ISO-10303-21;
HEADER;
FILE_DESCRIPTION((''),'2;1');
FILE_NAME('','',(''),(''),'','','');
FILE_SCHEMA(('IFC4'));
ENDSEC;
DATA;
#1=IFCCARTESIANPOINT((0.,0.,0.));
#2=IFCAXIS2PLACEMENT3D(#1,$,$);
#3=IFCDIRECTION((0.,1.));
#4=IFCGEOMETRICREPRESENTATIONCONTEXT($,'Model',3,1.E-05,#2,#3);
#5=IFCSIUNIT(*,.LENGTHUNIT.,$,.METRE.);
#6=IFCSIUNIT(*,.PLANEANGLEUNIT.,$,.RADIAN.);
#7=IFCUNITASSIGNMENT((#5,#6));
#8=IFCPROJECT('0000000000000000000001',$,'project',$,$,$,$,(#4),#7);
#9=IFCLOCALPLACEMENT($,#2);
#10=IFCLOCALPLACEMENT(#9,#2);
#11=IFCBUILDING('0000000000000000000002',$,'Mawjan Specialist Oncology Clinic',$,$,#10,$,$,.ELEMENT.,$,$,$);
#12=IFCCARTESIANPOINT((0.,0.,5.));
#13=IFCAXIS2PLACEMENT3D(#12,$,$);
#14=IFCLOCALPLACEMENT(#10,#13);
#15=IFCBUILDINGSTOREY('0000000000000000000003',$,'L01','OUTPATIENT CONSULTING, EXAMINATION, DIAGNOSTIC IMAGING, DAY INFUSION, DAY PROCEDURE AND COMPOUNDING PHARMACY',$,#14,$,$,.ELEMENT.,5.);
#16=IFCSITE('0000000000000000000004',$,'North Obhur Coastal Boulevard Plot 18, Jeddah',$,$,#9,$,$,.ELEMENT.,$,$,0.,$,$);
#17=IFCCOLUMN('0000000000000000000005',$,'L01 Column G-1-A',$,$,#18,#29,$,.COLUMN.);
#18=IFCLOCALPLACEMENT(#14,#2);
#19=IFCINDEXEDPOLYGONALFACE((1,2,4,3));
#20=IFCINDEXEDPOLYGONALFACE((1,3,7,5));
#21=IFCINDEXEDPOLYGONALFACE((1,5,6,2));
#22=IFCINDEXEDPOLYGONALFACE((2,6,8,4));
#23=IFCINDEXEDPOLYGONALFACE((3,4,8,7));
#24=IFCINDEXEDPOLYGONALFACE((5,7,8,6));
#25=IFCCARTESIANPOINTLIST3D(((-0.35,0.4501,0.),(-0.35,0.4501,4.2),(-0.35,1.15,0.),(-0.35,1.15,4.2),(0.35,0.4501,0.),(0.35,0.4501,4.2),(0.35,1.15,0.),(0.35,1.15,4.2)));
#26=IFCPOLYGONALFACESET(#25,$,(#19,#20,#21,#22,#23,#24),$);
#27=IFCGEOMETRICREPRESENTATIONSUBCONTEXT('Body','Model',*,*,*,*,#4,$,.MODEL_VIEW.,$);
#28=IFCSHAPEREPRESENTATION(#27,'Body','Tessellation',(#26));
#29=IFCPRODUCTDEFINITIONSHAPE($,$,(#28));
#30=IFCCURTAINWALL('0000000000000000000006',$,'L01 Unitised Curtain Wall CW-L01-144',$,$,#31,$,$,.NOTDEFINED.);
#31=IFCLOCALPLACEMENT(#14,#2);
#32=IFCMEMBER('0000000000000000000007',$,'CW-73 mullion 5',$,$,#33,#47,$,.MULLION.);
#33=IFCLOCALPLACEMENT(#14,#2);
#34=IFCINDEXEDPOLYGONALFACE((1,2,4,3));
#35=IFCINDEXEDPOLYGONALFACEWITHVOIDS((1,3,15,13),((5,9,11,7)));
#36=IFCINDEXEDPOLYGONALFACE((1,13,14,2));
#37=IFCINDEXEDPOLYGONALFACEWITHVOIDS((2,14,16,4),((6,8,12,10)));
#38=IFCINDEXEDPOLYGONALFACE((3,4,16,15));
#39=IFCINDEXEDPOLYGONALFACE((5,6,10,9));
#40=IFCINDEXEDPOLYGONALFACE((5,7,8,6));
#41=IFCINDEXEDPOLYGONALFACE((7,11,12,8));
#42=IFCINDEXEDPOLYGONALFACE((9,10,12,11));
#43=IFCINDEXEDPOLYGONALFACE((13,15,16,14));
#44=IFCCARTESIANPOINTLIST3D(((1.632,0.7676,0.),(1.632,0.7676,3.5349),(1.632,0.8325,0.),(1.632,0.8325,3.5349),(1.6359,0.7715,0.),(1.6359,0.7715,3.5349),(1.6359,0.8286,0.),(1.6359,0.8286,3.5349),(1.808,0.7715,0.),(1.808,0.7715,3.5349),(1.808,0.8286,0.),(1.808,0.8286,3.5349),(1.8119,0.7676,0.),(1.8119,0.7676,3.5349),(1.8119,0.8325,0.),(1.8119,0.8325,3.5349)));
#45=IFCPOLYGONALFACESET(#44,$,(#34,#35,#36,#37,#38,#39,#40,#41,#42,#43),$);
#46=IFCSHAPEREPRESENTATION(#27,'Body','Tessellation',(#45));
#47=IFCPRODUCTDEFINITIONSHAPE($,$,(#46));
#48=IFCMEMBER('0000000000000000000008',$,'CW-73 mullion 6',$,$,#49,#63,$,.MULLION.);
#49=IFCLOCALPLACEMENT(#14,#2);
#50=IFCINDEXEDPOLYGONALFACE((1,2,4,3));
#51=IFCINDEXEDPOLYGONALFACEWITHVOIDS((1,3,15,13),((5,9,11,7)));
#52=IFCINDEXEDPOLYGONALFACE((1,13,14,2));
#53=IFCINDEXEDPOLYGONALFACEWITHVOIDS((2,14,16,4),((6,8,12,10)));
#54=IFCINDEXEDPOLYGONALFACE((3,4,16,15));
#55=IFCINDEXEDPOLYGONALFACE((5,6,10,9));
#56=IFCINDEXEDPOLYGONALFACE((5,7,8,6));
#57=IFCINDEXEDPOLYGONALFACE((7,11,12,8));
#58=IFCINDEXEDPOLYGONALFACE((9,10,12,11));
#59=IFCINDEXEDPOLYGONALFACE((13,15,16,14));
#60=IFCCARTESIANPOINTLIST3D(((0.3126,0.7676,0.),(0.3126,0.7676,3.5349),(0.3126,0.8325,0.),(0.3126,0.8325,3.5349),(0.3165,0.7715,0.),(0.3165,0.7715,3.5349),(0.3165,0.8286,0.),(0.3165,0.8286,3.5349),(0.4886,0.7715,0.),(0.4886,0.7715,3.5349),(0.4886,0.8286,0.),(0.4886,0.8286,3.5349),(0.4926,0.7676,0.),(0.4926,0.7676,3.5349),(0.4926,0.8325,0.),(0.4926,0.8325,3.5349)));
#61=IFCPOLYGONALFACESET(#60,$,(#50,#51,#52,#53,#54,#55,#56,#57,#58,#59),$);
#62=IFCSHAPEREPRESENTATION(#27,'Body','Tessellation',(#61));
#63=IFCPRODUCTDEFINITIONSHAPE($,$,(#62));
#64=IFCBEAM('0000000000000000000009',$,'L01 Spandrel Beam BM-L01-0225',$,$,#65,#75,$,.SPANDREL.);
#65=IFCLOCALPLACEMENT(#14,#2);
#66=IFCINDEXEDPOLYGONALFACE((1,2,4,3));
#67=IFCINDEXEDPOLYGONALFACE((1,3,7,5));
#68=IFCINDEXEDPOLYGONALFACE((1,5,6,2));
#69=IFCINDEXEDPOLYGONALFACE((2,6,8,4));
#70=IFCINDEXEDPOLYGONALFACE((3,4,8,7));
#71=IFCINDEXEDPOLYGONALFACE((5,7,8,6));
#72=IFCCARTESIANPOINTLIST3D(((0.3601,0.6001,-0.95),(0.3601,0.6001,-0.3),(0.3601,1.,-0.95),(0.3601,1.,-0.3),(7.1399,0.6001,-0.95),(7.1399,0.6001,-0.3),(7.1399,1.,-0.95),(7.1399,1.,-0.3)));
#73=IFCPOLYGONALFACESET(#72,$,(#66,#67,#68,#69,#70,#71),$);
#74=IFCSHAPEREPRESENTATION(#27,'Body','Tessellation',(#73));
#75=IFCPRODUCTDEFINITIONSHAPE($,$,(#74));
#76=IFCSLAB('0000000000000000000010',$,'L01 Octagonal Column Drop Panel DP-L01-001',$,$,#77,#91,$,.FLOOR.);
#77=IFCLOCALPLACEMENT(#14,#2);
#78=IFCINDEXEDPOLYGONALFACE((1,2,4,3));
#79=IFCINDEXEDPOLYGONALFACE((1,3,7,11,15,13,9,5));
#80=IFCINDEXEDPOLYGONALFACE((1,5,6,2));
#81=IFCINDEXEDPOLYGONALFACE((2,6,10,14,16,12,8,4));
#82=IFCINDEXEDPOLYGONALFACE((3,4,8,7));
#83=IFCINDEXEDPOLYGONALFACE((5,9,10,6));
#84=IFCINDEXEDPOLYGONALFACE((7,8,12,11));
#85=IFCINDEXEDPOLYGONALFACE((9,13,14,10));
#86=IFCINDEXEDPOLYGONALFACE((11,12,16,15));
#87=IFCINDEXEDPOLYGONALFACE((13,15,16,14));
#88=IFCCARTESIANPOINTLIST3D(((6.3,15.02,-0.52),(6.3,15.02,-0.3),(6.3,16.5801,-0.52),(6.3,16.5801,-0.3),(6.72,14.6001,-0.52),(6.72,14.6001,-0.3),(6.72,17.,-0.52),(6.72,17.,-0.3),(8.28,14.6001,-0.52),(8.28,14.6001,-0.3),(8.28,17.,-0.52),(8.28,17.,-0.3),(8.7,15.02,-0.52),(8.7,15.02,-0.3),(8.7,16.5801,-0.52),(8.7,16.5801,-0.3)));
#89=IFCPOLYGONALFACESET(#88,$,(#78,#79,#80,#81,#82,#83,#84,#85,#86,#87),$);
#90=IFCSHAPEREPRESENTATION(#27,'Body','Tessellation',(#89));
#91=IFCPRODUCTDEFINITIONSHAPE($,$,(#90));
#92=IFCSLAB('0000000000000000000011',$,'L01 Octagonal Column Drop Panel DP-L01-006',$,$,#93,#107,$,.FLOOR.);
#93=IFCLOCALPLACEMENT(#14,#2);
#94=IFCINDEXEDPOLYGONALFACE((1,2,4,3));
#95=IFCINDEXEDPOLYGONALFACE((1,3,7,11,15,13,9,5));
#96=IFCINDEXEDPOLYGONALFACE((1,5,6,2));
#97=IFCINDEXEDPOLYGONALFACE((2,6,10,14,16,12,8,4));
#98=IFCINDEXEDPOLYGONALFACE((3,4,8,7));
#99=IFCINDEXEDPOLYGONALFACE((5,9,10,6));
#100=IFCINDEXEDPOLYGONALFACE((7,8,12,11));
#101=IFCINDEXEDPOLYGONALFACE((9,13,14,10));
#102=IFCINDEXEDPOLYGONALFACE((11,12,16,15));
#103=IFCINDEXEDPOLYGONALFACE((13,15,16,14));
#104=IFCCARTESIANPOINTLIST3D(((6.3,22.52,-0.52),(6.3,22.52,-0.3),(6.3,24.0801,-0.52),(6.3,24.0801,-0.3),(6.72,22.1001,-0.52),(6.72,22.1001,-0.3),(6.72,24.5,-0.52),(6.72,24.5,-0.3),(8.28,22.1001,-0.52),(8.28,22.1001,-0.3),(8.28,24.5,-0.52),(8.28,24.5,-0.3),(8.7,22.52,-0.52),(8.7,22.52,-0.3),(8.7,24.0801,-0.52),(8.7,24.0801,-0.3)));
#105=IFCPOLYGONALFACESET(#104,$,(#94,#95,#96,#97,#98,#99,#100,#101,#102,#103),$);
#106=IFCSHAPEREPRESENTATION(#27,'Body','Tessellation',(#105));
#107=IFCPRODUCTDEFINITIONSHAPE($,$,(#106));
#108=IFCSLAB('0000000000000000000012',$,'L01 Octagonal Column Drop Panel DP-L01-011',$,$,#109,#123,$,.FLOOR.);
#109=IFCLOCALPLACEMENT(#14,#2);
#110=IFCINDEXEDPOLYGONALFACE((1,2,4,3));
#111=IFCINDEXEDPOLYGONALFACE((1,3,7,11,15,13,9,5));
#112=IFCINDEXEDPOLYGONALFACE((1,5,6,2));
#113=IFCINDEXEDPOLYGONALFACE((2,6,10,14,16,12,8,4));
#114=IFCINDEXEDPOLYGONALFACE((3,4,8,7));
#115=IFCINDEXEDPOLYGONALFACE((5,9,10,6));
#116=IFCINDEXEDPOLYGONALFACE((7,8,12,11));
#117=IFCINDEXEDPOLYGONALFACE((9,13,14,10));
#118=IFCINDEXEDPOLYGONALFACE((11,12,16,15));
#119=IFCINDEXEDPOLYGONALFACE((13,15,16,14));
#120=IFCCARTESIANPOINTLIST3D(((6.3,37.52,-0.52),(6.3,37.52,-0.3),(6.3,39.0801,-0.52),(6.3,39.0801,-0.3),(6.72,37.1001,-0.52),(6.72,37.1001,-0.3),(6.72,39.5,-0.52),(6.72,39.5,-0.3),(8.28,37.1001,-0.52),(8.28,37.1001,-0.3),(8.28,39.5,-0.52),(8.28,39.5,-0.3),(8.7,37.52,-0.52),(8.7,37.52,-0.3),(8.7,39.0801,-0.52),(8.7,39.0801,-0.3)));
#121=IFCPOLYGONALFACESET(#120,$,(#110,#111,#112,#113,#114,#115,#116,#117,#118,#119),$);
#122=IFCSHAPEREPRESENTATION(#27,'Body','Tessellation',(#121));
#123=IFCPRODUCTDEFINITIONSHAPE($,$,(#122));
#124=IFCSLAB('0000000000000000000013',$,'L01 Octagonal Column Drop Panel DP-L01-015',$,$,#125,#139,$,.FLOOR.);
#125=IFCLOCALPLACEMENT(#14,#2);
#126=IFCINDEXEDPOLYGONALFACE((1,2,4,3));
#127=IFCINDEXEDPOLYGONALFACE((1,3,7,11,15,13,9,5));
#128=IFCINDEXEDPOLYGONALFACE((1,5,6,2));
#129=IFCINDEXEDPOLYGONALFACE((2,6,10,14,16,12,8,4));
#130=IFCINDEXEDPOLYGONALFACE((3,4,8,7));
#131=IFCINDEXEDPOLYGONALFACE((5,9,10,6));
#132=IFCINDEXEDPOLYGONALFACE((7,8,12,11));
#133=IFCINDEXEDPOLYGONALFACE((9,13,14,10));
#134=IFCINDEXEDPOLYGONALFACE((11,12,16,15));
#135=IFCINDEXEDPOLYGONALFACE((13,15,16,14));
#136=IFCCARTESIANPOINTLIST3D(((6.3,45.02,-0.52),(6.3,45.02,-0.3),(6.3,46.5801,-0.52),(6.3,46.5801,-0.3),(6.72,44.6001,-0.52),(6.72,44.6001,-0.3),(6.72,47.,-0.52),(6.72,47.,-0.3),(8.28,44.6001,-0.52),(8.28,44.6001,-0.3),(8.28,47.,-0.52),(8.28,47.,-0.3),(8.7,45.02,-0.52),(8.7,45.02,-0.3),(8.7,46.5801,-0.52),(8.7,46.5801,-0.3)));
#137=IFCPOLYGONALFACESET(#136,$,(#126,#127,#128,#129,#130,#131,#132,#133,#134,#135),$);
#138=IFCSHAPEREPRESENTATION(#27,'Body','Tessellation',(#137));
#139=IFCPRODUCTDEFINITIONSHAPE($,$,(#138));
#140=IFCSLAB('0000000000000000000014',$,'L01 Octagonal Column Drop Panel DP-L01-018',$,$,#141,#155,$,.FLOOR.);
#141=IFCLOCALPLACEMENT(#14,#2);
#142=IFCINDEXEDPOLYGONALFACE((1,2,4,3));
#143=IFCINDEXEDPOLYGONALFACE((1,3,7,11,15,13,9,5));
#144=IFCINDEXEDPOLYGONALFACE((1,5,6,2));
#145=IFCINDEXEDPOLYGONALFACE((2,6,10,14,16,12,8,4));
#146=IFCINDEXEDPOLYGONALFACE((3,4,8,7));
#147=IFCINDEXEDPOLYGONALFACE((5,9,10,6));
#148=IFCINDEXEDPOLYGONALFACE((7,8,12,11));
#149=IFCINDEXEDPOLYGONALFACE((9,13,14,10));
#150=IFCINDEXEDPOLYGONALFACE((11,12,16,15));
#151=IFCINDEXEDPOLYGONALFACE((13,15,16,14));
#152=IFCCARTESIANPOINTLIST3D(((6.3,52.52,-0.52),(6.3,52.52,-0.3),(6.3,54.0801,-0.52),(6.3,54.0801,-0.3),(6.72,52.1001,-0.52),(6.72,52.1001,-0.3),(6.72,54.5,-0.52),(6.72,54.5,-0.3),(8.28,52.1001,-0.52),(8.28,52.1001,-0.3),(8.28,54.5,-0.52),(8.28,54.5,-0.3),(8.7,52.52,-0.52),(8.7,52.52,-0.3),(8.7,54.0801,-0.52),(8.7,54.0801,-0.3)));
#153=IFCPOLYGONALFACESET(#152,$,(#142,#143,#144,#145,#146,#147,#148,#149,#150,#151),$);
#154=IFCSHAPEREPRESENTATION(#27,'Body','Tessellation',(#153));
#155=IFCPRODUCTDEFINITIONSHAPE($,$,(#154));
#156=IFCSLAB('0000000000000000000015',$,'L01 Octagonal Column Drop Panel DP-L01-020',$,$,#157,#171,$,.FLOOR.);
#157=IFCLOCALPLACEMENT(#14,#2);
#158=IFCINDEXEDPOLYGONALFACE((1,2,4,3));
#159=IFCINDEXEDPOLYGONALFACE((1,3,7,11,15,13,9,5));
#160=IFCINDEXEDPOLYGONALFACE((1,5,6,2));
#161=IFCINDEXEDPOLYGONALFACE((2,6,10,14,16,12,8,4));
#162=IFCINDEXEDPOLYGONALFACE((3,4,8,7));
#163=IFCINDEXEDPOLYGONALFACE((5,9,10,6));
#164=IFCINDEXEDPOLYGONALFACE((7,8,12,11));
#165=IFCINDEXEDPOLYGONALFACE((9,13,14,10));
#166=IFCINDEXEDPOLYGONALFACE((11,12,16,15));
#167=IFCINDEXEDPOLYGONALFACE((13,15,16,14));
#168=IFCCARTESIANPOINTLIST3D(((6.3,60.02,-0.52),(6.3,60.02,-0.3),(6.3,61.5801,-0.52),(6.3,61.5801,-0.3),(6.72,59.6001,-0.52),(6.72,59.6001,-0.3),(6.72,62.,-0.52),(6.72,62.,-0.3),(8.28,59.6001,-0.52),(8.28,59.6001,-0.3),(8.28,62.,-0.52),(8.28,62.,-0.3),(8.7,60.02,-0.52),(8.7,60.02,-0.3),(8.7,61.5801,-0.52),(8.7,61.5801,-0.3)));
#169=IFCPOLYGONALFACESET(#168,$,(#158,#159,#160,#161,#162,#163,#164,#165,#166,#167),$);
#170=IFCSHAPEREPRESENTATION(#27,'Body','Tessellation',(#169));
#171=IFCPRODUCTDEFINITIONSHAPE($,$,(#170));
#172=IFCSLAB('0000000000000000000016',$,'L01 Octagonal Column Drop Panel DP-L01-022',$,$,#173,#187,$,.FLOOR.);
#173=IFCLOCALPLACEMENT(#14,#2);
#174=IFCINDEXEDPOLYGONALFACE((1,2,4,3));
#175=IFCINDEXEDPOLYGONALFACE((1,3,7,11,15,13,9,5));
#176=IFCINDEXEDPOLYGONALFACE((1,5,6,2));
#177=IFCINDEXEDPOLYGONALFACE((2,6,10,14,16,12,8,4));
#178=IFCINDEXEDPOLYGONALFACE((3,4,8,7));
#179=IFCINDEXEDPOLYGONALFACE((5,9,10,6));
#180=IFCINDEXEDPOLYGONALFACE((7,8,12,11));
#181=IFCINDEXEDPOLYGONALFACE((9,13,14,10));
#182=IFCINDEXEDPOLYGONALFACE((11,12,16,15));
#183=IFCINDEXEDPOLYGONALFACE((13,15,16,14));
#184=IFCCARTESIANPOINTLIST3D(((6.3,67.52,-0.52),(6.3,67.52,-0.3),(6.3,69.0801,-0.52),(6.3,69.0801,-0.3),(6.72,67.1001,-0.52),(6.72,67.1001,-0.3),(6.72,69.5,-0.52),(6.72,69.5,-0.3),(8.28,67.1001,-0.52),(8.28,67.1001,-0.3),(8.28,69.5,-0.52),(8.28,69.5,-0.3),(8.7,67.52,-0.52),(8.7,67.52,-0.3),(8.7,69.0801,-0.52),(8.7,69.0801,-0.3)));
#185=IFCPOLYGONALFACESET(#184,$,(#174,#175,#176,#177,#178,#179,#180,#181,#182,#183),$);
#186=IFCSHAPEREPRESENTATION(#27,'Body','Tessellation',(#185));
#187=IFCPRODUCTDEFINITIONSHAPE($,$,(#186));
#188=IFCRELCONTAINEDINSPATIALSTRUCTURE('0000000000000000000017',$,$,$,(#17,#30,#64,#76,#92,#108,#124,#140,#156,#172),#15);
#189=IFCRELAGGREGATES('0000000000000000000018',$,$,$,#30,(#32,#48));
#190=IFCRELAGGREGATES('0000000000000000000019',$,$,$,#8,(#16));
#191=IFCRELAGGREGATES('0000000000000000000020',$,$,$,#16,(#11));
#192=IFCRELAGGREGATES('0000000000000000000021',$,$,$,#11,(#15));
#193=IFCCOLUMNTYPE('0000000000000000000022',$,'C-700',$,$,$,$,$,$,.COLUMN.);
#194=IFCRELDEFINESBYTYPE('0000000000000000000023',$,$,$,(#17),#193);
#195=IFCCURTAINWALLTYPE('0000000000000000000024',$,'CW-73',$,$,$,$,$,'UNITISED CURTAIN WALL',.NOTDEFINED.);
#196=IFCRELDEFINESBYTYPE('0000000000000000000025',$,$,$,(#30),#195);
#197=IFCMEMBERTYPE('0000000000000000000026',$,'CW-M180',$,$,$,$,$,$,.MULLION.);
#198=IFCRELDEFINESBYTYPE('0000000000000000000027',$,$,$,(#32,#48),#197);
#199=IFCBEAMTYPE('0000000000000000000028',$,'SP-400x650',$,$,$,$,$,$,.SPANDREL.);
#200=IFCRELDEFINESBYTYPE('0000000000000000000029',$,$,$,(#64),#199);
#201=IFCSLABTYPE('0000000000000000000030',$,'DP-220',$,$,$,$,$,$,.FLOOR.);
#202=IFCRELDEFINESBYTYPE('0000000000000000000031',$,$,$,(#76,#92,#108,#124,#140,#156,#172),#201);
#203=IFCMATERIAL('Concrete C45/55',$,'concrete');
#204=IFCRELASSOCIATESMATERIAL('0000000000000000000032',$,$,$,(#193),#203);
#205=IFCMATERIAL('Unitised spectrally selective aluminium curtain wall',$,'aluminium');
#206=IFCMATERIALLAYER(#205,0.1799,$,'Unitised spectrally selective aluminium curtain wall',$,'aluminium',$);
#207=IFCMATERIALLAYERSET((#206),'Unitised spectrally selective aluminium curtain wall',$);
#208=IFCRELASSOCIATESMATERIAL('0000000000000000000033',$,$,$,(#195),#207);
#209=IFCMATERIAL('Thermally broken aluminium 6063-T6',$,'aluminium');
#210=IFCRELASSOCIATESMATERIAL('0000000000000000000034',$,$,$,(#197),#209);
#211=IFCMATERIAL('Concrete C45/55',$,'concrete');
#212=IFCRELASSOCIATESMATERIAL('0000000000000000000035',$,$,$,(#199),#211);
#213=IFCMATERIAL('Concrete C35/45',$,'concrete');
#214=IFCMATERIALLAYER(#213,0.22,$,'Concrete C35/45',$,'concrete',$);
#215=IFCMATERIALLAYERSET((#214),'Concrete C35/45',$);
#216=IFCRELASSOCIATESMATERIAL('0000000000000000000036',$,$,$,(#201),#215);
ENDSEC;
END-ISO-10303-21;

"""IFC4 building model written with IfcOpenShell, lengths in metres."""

from ifc_helpers import new_model, si_unit, direction, frame, origin, origin_2d, place, context, subcontext, project, spatial, polyline, rectangle, hollow_rectangle, outline, extrude, material, layer, layer_set, material_profile, profile_set, type_object, element, aggregate, save


model = new_model("IFC4")

# Units and contexts
model_context = context("Model", 3, precision=1e-05, world=origin(), true_north=direction((0.0, 1.0)))
body_context = subcontext(model_context, "Body", "Model", "MODEL_VIEW")
ifc_project = project(units=[si_unit("LENGTHUNIT", "METRE"), si_unit("PLANEANGLEUNIT", "RADIAN")], contexts=[model_context])

# Site, building, storey
site_placement = place(None, origin())
site = spatial("IfcSite", under=ifc_project, at=site_placement, Name="North Obhur Coastal Boulevard Plot 18, Jeddah", CompositionType="ELEMENT", RefElevation=0.0)
building_placement = place(site_placement, origin())
building = spatial("IfcBuilding", under=site, at=building_placement, Name="Mawjan Specialist Oncology Clinic", CompositionType="ELEMENT")
storey_placement = place(building_placement, frame((0.0, 0.0, 5.0)))
storey = spatial("IfcBuildingStorey", under=building, at=storey_placement, Name="L01", Description="OUTPATIENT CONSULTING, EXAMINATION, DIAGNOSTIC IMAGING, DAY INFUSION, DAY PROCEDURE AND COMPOUNDING PHARMACY", CompositionType="ELEMENT", Elevation=5.0)

# Column
ifc_material_1 = material(Name="Concrete C45/55", Category="concrete")
ifc_material_profile_1 = material_profile(ifc_material_1, rectangle(XDim=0.7, YDim=0.7, at=origin_2d()), Name="RC COL 700x700", Category="concrete")
ifc_profile_set_1 = profile_set([ifc_material_profile_1], Name="Concrete C45/55")
column_type = type_object("IfcColumnType", Name="C-700", PredefinedType="COLUMN", material=ifc_profile_set_1)
column_placement = place(storey_placement, frame((0.0, 0.8, 0.0), z_axis=(0.0, 0.0, 1.0), x_axis=(1.0, 0.0, 0.0)))
element("IfcColumn", 1, at=column_placement, inside=storey, type_object=column_type, Name="L01 Column G-1-A", PredefinedType="COLUMN", context=body_context, shape_type="SweptSolid", body=[
    extrude(rectangle(XDim=0.7, YDim=0.7, at=origin_2d()), origin(), (0.0, 0.0, 1.0), 4.2),
])

# Curtain wall, members
ifc_material_2 = material(Name="Unitised spectrally selective aluminium curtain wall", Category="aluminium")
ifc_layer_1 = layer(ifc_material_2, 0.1799, Name="Unitised spectrally selective aluminium curtain wall", Category="aluminium")
ifc_layer_set_1 = layer_set([ifc_layer_1], Name="Unitised spectrally selective aluminium curtain wall")
curtain_wall_type = type_object("IfcCurtainWallType", Name="CW-73", ElementType="UNITISED CURTAIN WALL", PredefinedType="NOTDEFINED", material=ifc_layer_set_1)
curtain_wall_placement = place(storey_placement, origin())
curtain_wall = element("IfcCurtainWall", 2, at=curtain_wall_placement, inside=storey, type_object=curtain_wall_type, Name="L01 Unitised Curtain Wall CW-L01-144", PredefinedType="NOTDEFINED")
ifc_material_3 = material(Name="Thermally broken aluminium 6063-T6", Category="aluminium")
ifc_material_profile_2 = material_profile(ifc_material_3, hollow_rectangle(XDim=0.0649, YDim=0.1799, WallThickness=0.0039, at=origin_2d()), Name="ALU MULLION 180x65x4", Category="aluminium")
ifc_profile_set_2 = profile_set([ifc_material_profile_2], Name="Thermally broken aluminium 6063-T6")
member_type = type_object("IfcMemberType", Name="CW-M180", PredefinedType="MULLION", material=ifc_profile_set_2)
member_1_placement = place(storey_placement, frame((1.7219, 0.8, 0.0), z_axis=(0.0, 0.0, 1.0), x_axis=(0.0, -1.0, 0.0)))
member_1 = element("IfcMember", 3, at=member_1_placement, type_object=member_type, Name="CW-73 mullion 5", PredefinedType="MULLION", context=body_context, shape_type="SweptSolid", body=[
    extrude(hollow_rectangle(XDim=0.0649, YDim=0.1799, WallThickness=0.0039, at=origin_2d()), origin(), (0.0, 0.0, 1.0), 3.5349),
])
member_2_placement = place(storey_placement, frame((0.4026, 0.8, 0.0), z_axis=(0.0, 0.0, 1.0), x_axis=(0.0, -1.0, 0.0)))
member_2 = element("IfcMember", 4, at=member_2_placement, type_object=member_type, Name="CW-73 mullion 6", PredefinedType="MULLION", context=body_context, shape_type="SweptSolid", body=[
    extrude(hollow_rectangle(XDim=0.0649, YDim=0.1799, WallThickness=0.0039, at=origin_2d()), origin(), (0.0, 0.0, 1.0), 3.5349),
])
aggregate(curtain_wall, [member_1, member_2])

# Beam
ifc_material_4 = material(Name="Concrete C45/55", Category="concrete")
ifc_material_profile_3 = material_profile(ifc_material_4, rectangle(XDim=0.3999, YDim=0.6499, at=origin_2d()), Name="RC BM 400x650", Category="concrete")
ifc_profile_set_3 = profile_set([ifc_material_profile_3], Name="Concrete C45/55")
beam_type = type_object("IfcBeamType", Name="SP-400x650", PredefinedType="SPANDREL", material=ifc_profile_set_3)
beam_placement = place(storey_placement, frame((0.3601, 0.8, -0.625), z_axis=(1.0, 0.0, 0.0), x_axis=(0.0, 1.0, 0.0)))
element("IfcBeam", 5, at=beam_placement, inside=storey, type_object=beam_type, Name="L01 Spandrel Beam BM-L01-0225", PredefinedType="SPANDREL", context=body_context, shape_type="SweptSolid", body=[
    extrude(rectangle(XDim=0.3999, YDim=0.6499, at=origin_2d()), origin(), (0.0, 0.0, 1.0), 6.7798),
])

# Slabs
ifc_material_5 = material(Name="Concrete C35/45", Category="concrete")
ifc_layer_2 = layer(ifc_material_5, 0.22, Name="Concrete C35/45", Category="concrete")
ifc_layer_set_2 = layer_set([ifc_layer_2], Name="Concrete C35/45")
slab_type_1 = type_object("IfcSlabType", Name="DP-220", PredefinedType="FLOOR", material=ifc_layer_set_2)
slab_1_placement = place(storey_placement, frame((0.0, 0.0, -0.52)))
element("IfcSlab", 6, at=slab_1_placement, inside=storey, type_object=slab_type_1, Name="L01 Octagonal Column Drop Panel DP-L01-001", PredefinedType="FLOOR", context=body_context, shape_type="SweptSolid", body=[
    extrude(outline(polyline([(6.72, 14.6001), (8.28, 14.6001), (8.7, 15.02), (8.7, 16.5801), (8.28, 17.0), (6.72, 17.0), (6.3, 16.5801), (6.3, 15.02), (6.72, 14.6001)])), origin(), (0.0, 0.0, 1.0), 0.22),
])
slab_2_placement = place(storey_placement, frame((0.0, 0.0, -0.52)))
element("IfcSlab", 7, at=slab_2_placement, inside=storey, type_object=slab_type_1, Name="L01 Octagonal Column Drop Panel DP-L01-006", PredefinedType="FLOOR", context=body_context, shape_type="SweptSolid", body=[
    extrude(outline(polyline([(6.72, 22.1001), (8.28, 22.1001), (8.7, 22.52), (8.7, 24.0801), (8.28, 24.5), (6.72, 24.5), (6.3, 24.0801), (6.3, 22.52), (6.72, 22.1001)])), origin(), (0.0, 0.0, 1.0), 0.22),
])
slab_3_placement = place(storey_placement, frame((0.0, 0.0, -0.52)))
element("IfcSlab", 8, at=slab_3_placement, inside=storey, type_object=slab_type_1, Name="L01 Octagonal Column Drop Panel DP-L01-011", PredefinedType="FLOOR", context=body_context, shape_type="SweptSolid", body=[
    extrude(outline(polyline([(6.72, 37.1001), (8.28, 37.1001), (8.7, 37.52), (8.7, 39.0801), (8.28, 39.5), (6.72, 39.5), (6.3, 39.0801), (6.3, 37.52), (6.72, 37.1001)])), origin(), (0.0, 0.0, 1.0), 0.22),
])
slab_4_placement = place(storey_placement, frame((0.0, 0.0, -0.52)))
element("IfcSlab", 9, at=slab_4_placement, inside=storey, type_object=slab_type_1, Name="L01 Octagonal Column Drop Panel DP-L01-015", PredefinedType="FLOOR", context=body_context, shape_type="SweptSolid", body=[
    extrude(outline(polyline([(6.72, 44.6001), (8.28, 44.6001), (8.7, 45.02), (8.7, 46.5801), (8.28, 47.0), (6.72, 47.0), (6.3, 46.5801), (6.3, 45.02), (6.72, 44.6001)])), origin(), (0.0, 0.0, 1.0), 0.22),
])
slab_5_placement = place(storey_placement, frame((0.0, 0.0, -0.52)))
element("IfcSlab", 10, at=slab_5_placement, inside=storey, type_object=slab_type_1, Name="L01 Octagonal Column Drop Panel DP-L01-018", PredefinedType="FLOOR", context=body_context, shape_type="SweptSolid", body=[
    extrude(outline(polyline([(6.72, 52.1001), (8.28, 52.1001), (8.7, 52.52), (8.7, 54.0801), (8.28, 54.5), (6.72, 54.5), (6.3, 54.0801), (6.3, 52.52), (6.72, 52.1001)])), origin(), (0.0, 0.0, 1.0), 0.22),
])
slab_6_placement = place(storey_placement, frame((0.0, 0.0, -0.52)))
element("IfcSlab", 11, at=slab_6_placement, inside=storey, type_object=slab_type_1, Name="L01 Octagonal Column Drop Panel DP-L01-020", PredefinedType="FLOOR", context=body_context, shape_type="SweptSolid", body=[
    extrude(outline(polyline([(6.72, 59.6001), (8.28, 59.6001), (8.7, 60.02), (8.7, 61.5801), (8.28, 62.0), (6.72, 62.0), (6.3, 61.5801), (6.3, 60.02), (6.72, 59.6001)])), origin(), (0.0, 0.0, 1.0), 0.22),
])
slab_7_placement = place(storey_placement, frame((0.0, 0.0, -0.52)))
element("IfcSlab", 12, at=slab_7_placement, inside=storey, type_object=slab_type_1, Name="L01 Octagonal Column Drop Panel DP-L01-022", PredefinedType="FLOOR", context=body_context, shape_type="SweptSolid", body=[
    extrude(outline(polyline([(6.72, 67.1001), (8.28, 67.1001), (8.7, 67.52), (8.7, 69.0801), (8.28, 69.5), (6.72, 69.5), (6.3, 69.0801), (6.3, 67.52), (6.72, 67.1001)])), origin(), (0.0, 0.0, 1.0), 0.22),
])

save(model, "model.ifc")
